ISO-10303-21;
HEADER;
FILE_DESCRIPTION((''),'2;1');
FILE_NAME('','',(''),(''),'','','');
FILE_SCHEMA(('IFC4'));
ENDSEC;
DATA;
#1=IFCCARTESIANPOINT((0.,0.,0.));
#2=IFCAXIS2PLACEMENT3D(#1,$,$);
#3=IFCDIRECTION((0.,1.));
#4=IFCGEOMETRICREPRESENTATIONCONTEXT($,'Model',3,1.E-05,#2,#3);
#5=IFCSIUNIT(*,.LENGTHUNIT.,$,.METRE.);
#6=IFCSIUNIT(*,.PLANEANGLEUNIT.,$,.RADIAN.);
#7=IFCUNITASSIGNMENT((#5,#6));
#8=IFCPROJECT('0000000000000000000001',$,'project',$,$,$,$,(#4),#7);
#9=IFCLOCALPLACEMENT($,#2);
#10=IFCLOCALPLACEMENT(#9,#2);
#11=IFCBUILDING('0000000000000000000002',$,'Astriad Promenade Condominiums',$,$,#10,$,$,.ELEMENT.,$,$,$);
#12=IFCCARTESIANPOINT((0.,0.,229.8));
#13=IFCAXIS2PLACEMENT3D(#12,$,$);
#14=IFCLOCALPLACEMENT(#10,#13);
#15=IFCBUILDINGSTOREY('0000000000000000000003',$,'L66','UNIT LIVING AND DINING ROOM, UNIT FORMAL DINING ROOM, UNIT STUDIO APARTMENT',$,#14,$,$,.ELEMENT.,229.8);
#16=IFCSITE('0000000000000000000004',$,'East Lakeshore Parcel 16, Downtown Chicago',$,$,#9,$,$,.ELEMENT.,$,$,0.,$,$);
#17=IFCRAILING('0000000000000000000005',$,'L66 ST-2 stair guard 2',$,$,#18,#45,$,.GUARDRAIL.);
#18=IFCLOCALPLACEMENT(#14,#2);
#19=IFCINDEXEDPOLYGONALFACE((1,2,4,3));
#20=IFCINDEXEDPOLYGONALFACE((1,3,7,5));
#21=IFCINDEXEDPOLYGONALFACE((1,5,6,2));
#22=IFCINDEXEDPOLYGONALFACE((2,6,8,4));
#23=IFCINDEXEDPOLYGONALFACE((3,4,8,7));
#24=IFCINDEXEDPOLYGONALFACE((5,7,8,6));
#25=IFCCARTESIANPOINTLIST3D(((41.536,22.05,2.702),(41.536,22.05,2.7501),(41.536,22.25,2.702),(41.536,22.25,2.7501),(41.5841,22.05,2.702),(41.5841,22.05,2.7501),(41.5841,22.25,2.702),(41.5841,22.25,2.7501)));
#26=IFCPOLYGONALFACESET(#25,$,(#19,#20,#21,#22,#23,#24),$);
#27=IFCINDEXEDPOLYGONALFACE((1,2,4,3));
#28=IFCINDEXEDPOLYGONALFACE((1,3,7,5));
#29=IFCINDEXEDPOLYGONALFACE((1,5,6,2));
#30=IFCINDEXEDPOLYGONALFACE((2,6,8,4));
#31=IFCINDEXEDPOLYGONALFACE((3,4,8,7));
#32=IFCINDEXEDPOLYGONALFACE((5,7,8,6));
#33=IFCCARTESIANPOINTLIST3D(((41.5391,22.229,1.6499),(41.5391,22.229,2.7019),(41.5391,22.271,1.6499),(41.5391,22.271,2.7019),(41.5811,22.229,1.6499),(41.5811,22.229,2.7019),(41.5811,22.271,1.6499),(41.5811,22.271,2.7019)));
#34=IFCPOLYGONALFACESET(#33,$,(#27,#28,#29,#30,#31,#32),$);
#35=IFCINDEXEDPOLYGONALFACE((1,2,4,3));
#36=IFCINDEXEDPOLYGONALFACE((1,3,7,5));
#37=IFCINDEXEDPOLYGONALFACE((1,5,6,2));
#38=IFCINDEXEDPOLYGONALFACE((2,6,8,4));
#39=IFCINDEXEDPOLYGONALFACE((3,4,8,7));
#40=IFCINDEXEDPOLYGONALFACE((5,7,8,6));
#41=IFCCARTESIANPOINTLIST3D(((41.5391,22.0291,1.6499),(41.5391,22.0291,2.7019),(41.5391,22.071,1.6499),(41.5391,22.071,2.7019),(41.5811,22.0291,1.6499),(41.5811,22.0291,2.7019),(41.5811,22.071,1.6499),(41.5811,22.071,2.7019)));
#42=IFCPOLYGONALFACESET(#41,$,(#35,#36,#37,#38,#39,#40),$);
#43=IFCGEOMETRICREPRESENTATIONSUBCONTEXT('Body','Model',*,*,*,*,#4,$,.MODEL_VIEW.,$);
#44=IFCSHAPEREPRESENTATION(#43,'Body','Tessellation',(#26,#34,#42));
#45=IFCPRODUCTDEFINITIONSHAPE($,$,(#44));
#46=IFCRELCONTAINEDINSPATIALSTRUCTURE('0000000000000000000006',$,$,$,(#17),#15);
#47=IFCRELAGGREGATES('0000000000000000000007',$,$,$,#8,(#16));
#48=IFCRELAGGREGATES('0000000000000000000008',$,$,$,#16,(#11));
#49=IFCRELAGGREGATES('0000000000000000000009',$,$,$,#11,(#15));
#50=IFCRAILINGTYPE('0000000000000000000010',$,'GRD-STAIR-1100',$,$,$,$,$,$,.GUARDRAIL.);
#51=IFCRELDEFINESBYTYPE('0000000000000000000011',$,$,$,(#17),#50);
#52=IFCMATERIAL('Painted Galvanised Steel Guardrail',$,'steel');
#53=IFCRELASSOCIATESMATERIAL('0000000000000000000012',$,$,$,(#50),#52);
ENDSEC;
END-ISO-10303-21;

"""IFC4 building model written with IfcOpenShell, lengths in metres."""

from ifc_helpers import new_model, si_unit, direction, frame, origin, origin_2d, place, context, subcontext, project, spatial, rectangle, extrude, source, transform, mapped, material, type_object, element, save


model = new_model("IFC4")

# Units and contexts
model_context = context("Model", 3, precision=1e-05, world=origin(), true_north=direction((0.0, 1.0)))
body_context = subcontext(model_context, "Body", "Model", "MODEL_VIEW")
ifc_project = project(units=[si_unit("LENGTHUNIT", "METRE"), si_unit("PLANEANGLEUNIT", "RADIAN")], contexts=[model_context])

# Site, building, storey
site_placement = place(None, origin())
site = spatial("IfcSite", under=ifc_project, at=site_placement, Name="East Lakeshore Parcel 16, Downtown Chicago", CompositionType="ELEMENT", RefElevation=0.0)
building_placement = place(site_placement, origin())
building = spatial("IfcBuilding", under=site, at=building_placement, Name="Astriad Promenade Condominiums", CompositionType="ELEMENT")
storey_placement = place(building_placement, frame((0.0, 0.0, 229.8)))
storey = spatial("IfcBuildingStorey", under=building, at=storey_placement, Name="L66", Description="UNIT LIVING AND DINING ROOM, UNIT FORMAL DINING ROOM, UNIT STUDIO APARTMENT", CompositionType="ELEMENT", Elevation=229.8)

# Railing
ifc_material_1 = material(Name="Painted Galvanised Steel Guardrail", Category="steel")
railing_type_1 = type_object("IfcRailingType", Name="GRD-STAIR-1100", PredefinedType="GUARDRAIL", material=ifc_material_1)
shared_shape_1 = source(origin(), body_context, "Body", "SweptSolid", [
    extrude(rectangle(XDim=0.0481, YDim=0.0481, at=origin_2d()), frame((0.0, 0.0, 1.0762), z_axis=(0.0, -1.0, 0.0), x_axis=(1.0, 0.0, 0.0)), (0.0, 0.0, 1.0), 0.2),
    extrude(rectangle(XDim=0.042, YDim=0.042, at=origin_2d()), origin(), (0.0, 0.0, 1.0), 1.052),
    extrude(rectangle(XDim=0.042, YDim=0.042, at=origin_2d()), frame((0.0, -0.2, 0.0)), (0.0, 0.0, 1.0), 1.052),
])
railing_1_placement = place(storey_placement, frame((41.5601, 22.25, 1.6499)))
element("IfcRailing", 1, at=railing_1_placement, inside=storey, type_object=railing_type_1, Name="L66 ST-2 stair guard 2", PredefinedType="GUARDRAIL", context=body_context, shape_type="MappedRepresentation", body=[
    mapped(shared_shape_1, transform((0.0, 0.0, 0.0), scale=1.0)),
])

save(model, "model.ifc")
